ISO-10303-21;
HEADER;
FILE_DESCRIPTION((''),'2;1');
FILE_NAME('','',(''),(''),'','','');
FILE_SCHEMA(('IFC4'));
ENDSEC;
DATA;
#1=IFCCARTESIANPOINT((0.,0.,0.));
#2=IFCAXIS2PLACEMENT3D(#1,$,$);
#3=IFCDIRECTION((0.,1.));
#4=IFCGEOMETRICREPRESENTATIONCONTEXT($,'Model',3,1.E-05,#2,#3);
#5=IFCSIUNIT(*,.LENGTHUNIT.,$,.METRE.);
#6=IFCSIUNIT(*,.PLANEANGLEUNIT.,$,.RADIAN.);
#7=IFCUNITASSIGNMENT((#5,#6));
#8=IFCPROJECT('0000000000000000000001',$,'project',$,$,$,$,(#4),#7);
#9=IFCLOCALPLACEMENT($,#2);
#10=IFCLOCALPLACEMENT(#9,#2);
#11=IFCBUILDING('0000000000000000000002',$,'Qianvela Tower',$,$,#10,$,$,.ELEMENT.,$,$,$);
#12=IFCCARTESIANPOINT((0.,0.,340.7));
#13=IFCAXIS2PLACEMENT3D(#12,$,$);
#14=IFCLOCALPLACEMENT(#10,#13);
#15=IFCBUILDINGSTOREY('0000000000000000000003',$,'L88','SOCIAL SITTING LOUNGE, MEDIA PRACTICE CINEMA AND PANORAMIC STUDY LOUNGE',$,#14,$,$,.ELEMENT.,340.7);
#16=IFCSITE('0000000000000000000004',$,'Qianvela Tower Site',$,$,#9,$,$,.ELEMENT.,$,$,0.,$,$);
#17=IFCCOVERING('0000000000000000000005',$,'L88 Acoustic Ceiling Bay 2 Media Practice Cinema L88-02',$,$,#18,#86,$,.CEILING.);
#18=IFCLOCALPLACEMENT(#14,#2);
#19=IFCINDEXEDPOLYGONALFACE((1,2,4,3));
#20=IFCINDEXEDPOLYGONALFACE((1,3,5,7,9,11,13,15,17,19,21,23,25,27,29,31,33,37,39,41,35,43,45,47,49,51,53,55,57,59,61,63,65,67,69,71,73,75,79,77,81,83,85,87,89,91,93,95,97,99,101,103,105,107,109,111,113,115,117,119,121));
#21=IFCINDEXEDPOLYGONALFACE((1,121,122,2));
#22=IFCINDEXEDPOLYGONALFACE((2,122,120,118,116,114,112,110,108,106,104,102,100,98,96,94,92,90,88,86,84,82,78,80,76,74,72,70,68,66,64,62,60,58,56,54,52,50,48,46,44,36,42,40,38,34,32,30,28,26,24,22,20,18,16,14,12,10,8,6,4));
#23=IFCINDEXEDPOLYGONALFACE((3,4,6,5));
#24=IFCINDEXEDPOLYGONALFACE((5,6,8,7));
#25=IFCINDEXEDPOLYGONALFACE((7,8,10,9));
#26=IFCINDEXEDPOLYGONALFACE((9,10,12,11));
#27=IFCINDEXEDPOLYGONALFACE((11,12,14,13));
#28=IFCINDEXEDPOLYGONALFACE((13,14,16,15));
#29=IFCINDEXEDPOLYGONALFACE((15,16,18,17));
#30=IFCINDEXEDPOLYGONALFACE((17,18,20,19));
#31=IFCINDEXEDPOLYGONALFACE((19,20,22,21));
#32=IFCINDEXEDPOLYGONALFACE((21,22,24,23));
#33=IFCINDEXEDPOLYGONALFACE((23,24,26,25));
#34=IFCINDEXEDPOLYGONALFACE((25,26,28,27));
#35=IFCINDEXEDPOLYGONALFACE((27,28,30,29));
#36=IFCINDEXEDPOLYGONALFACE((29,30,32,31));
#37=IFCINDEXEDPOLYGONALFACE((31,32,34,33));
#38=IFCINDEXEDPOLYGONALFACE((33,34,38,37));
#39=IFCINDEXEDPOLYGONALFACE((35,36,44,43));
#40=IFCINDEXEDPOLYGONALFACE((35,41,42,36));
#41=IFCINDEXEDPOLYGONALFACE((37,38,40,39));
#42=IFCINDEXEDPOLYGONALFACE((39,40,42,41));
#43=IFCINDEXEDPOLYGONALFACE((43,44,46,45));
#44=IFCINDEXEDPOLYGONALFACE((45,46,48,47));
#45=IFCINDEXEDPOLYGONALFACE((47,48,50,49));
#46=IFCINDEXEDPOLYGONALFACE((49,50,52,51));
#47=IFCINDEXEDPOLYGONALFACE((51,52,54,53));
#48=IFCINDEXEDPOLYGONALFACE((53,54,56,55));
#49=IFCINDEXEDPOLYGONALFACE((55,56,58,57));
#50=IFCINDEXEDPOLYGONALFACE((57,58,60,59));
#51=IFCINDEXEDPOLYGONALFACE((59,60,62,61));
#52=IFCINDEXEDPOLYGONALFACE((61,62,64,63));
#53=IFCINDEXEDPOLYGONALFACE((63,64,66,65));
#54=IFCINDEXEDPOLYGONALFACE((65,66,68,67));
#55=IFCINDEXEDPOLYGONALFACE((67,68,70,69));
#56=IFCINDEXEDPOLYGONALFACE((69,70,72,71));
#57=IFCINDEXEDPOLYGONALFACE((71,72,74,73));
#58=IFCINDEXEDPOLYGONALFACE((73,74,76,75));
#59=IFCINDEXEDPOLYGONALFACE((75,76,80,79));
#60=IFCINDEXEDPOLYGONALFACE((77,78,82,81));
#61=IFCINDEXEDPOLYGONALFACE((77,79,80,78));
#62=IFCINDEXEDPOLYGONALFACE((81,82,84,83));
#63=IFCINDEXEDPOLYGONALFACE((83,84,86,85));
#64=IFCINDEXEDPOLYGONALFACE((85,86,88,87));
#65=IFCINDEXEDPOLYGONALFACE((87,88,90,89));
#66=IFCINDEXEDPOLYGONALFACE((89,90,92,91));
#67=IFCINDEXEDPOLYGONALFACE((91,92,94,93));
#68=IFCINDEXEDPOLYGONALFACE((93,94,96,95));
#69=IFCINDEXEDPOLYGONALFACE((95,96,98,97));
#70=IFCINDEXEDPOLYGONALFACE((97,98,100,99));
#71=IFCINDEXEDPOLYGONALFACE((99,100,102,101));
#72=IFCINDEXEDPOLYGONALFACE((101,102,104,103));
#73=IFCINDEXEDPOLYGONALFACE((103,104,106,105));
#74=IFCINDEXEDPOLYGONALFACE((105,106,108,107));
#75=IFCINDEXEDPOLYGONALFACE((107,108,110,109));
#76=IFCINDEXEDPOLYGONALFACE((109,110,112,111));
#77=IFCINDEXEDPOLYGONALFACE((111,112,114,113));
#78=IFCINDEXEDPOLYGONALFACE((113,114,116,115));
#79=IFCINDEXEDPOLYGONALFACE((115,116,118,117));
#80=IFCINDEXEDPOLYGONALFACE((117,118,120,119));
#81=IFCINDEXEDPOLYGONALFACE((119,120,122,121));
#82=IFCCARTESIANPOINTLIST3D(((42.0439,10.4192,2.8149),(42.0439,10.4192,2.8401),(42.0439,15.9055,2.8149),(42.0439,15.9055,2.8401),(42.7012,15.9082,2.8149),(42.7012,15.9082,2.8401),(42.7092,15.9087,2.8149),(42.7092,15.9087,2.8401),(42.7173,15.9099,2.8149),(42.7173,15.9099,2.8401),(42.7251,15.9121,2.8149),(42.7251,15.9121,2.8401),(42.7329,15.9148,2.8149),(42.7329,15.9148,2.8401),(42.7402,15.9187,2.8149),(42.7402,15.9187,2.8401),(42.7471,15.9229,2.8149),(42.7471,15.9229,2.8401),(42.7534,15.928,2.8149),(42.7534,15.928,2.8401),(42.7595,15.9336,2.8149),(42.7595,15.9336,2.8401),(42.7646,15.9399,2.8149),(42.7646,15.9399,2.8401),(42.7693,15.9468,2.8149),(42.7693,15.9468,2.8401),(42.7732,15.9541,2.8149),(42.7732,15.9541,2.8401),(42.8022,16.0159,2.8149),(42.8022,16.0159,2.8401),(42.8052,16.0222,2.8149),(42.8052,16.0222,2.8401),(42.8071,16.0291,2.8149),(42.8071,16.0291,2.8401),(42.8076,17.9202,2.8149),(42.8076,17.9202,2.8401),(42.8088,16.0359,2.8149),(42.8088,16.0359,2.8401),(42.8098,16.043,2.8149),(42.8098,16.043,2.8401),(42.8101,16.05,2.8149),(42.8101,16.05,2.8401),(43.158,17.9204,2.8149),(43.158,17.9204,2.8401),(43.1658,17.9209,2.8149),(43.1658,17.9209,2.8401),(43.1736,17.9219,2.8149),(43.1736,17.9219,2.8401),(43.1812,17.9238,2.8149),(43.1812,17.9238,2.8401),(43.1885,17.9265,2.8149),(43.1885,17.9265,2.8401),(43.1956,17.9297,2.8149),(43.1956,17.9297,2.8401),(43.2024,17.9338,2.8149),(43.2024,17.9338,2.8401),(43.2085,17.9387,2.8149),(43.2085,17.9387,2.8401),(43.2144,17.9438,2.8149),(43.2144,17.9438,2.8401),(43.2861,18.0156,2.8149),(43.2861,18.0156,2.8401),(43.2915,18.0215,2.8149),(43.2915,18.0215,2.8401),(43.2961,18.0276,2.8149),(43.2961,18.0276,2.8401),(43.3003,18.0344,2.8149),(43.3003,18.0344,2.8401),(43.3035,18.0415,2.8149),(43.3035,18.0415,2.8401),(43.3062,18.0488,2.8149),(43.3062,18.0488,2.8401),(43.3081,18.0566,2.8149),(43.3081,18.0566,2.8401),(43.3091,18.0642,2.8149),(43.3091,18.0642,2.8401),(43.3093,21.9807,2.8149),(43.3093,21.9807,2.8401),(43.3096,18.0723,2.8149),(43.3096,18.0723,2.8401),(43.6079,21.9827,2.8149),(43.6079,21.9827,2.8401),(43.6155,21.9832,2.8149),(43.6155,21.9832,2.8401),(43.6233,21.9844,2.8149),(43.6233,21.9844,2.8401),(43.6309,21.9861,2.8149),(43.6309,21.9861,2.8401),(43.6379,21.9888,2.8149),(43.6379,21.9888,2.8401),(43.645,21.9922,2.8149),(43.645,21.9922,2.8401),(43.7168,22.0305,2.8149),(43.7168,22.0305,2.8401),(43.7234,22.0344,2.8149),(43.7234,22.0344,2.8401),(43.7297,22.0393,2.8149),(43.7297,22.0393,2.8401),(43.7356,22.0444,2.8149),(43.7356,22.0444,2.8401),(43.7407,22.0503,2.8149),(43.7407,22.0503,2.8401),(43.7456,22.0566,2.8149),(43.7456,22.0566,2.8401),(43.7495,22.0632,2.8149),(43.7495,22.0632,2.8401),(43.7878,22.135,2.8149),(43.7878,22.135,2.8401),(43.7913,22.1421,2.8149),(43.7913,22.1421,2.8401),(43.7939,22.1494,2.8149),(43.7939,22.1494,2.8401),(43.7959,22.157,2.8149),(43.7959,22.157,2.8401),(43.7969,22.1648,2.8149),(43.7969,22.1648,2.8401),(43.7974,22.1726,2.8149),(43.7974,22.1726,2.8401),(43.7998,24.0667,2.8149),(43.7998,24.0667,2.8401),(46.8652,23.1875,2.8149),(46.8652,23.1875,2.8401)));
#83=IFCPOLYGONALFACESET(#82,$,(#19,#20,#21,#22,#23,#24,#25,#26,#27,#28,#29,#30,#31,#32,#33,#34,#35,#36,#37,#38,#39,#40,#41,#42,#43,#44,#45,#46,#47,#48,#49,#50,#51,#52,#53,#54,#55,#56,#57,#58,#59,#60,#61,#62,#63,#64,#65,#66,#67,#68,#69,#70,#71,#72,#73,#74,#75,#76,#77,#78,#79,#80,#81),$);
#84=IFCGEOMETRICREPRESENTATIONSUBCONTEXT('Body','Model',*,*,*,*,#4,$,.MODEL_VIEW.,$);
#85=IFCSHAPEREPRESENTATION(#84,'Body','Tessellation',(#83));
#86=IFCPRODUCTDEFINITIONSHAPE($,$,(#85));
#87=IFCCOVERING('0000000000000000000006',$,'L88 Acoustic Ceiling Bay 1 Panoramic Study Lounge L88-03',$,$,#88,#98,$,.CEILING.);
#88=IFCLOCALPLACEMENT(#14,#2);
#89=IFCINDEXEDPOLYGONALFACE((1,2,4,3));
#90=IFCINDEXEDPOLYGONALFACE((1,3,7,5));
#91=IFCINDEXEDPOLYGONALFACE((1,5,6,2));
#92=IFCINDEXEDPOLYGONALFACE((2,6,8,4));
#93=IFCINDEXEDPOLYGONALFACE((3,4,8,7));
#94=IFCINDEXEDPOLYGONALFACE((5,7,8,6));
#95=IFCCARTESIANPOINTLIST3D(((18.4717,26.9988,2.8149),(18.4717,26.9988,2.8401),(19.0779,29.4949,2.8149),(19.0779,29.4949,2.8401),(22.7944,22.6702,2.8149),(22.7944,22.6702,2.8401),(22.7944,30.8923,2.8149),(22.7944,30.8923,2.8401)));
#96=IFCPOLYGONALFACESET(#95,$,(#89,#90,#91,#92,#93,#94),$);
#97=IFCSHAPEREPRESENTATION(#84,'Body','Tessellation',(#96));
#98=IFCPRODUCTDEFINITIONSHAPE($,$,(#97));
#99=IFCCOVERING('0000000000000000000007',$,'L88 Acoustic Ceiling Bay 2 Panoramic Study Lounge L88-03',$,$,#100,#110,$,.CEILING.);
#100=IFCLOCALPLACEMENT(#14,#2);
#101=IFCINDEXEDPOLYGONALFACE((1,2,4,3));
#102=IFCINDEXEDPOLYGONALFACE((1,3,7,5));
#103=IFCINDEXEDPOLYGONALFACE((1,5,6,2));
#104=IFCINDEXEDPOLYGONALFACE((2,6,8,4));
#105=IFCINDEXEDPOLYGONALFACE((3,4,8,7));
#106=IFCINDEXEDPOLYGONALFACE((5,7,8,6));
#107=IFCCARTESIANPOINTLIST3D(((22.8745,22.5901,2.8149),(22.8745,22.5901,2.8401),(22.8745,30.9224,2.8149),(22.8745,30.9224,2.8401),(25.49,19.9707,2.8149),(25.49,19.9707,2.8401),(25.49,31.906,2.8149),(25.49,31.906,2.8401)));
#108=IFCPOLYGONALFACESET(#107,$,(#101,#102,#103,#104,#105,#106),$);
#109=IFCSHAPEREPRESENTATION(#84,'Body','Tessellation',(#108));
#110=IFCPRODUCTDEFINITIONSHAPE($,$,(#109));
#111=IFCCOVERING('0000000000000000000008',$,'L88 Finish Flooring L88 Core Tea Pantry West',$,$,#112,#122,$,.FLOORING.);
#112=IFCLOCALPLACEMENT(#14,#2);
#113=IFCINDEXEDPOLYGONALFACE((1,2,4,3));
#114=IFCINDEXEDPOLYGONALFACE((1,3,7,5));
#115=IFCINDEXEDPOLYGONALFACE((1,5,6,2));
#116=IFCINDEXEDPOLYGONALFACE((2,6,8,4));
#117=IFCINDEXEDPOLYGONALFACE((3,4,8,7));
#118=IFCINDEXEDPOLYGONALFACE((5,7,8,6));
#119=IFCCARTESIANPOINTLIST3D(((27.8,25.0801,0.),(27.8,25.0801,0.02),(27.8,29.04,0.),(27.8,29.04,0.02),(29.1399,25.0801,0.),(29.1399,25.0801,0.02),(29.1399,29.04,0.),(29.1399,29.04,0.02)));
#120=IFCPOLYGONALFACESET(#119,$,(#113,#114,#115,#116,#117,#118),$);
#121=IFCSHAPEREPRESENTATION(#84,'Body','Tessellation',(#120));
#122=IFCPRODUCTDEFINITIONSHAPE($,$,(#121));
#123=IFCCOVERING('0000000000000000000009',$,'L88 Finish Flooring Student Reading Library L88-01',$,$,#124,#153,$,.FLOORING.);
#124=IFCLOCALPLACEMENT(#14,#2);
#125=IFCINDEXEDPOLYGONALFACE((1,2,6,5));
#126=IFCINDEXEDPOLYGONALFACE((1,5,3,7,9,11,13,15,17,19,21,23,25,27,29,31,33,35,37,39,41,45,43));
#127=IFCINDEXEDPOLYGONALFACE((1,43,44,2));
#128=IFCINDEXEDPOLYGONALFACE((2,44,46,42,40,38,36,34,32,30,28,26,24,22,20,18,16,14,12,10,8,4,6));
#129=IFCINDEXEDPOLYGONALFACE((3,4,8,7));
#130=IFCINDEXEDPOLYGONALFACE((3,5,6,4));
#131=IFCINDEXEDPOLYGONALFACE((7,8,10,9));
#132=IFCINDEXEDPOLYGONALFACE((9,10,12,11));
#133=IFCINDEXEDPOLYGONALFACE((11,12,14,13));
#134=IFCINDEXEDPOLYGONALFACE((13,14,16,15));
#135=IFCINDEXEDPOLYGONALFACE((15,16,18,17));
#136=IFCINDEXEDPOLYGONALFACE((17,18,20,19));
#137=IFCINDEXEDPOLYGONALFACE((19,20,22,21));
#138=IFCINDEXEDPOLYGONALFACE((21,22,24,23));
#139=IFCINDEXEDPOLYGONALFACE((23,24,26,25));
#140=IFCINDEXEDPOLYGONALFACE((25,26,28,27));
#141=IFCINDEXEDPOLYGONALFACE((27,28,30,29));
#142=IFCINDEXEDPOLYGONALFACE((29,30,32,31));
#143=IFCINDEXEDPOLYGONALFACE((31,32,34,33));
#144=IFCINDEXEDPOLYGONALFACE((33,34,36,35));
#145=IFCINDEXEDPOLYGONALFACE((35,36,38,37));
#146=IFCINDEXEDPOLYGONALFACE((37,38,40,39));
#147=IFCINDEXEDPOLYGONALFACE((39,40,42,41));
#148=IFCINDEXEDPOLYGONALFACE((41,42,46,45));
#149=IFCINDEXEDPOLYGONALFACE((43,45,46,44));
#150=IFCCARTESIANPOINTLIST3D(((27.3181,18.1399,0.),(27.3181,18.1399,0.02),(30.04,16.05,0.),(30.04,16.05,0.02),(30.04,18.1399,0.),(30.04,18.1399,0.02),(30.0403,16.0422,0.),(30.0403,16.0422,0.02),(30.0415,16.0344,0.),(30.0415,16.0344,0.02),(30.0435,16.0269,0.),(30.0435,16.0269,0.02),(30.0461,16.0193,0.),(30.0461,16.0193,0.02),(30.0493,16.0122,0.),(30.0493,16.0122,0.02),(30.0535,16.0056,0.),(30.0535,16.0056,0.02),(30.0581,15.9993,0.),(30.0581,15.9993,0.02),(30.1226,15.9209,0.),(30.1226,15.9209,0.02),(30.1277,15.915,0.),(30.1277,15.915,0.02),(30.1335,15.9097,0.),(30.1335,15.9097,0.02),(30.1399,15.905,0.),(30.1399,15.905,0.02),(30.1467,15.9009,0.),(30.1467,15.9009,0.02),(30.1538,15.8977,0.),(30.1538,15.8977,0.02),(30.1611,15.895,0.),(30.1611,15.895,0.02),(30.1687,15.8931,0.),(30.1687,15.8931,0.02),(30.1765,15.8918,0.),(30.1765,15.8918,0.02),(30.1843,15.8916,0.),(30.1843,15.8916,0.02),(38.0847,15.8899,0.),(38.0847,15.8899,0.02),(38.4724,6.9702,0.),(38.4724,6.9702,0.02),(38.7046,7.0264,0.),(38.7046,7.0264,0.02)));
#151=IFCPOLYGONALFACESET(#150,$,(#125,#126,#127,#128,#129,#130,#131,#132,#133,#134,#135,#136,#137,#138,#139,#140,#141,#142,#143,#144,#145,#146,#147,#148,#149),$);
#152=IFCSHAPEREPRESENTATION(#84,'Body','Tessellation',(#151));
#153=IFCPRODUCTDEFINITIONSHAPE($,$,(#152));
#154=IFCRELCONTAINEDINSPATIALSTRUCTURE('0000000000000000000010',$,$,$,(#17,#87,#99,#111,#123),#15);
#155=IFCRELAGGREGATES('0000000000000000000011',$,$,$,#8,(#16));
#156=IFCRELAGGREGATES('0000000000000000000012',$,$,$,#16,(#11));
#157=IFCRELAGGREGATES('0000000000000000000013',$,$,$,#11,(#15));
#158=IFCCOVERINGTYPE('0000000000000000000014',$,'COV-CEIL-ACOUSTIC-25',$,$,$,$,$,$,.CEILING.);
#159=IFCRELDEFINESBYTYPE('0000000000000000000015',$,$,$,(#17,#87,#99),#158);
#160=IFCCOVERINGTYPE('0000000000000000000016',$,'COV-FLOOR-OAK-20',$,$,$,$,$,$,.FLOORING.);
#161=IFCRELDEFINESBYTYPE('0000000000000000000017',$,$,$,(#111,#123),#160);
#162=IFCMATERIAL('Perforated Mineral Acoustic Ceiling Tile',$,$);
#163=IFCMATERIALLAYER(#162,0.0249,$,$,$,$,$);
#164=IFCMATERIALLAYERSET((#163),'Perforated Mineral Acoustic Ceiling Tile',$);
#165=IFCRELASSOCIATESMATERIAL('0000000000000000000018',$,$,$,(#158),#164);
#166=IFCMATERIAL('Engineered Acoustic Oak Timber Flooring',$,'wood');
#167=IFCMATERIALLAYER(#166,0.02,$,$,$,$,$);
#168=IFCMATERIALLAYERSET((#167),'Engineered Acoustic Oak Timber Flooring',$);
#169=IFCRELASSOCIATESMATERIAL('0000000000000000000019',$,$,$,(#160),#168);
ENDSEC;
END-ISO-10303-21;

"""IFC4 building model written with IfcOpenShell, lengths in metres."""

from ifc_helpers import new_model, si_unit, direction, frame, origin, place, context, subcontext, project, spatial, polyline, outline, extrude, material, layer, layer_set, type_object, element, save


model = new_model("IFC4")

# Units and contexts
model_context = context("Model", 3, precision=1e-05, world=origin(), true_north=direction((0.0, 1.0)))
body_context = subcontext(model_context, "Body", "Model", "MODEL_VIEW")
ifc_project = project(units=[si_unit("LENGTHUNIT", "METRE"), si_unit("PLANEANGLEUNIT", "RADIAN")], contexts=[model_context])

# Site, building, storey
site_placement = place(None, origin())
site = spatial("IfcSite", under=ifc_project, at=site_placement, Name="Qianvela Tower Site", CompositionType="ELEMENT", RefElevation=0.0)
building_placement = place(site_placement, origin())
building = spatial("IfcBuilding", under=site, at=building_placement, Name="Qianvela Tower", CompositionType="ELEMENT")
storey_placement = place(building_placement, frame((0.0, 0.0, 340.7)))
storey = spatial("IfcBuildingStorey", under=building, at=storey_placement, Name="L88", Description="SOCIAL SITTING LOUNGE, MEDIA PRACTICE CINEMA AND PANORAMIC STUDY LOUNGE", CompositionType="ELEMENT", Elevation=340.7)

# Coverings
ifc_material_1 = material(Name="Perforated Mineral Acoustic Ceiling Tile")
ifc_layer_1 = layer(ifc_material_1, 0.0249)
ifc_layer_set_1 = layer_set([ifc_layer_1], Name="Perforated Mineral Acoustic Ceiling Tile")
covering_type_1 = type_object("IfcCoveringType", Name="COV-CEIL-ACOUSTIC-25", PredefinedType="CEILING", material=ifc_layer_set_1)
covering_1_placement = place(storey_placement, frame((0.0, 0.0, 2.8149)))
element("IfcCovering", 1, at=covering_1_placement, inside=storey, type_object=covering_type_1, Name="L88 Acoustic Ceiling Bay 2 Media Practice Cinema L88-02", PredefinedType="CEILING", context=body_context, shape_type="SweptSolid", body=[
    extrude(outline(polyline([(42.7012, 15.9082), (42.7092, 15.9087), (42.7173, 15.9099), (42.7251, 15.9121), (42.7329, 15.9148), (42.7402, 15.9187), (42.7471, 15.9229), (42.7534, 15.928), (42.7595, 15.9336), (42.7646, 15.9399), (42.7693, 15.9468), (42.7732, 15.9541), (42.8022, 16.0159), (42.8052, 16.0222), (42.8071, 16.0291), (42.8088, 16.0359), (42.8098, 16.043), (42.8101, 16.05), (42.8076, 17.9202), (43.158, 17.9204), (43.1658, 17.9209), (43.1736, 17.9219), (43.1812, 17.9238), (43.1885, 17.9265), (43.1956, 17.9297), (43.2024, 17.9338), (43.2085, 17.9387), (43.2144, 17.9438), (43.2861, 18.0156), (43.2915, 18.0215), (43.2961, 18.0276), (43.3003, 18.0344), (43.3035, 18.0415), (43.3062, 18.0488), (43.3081, 18.0566), (43.3091, 18.0642), (43.3096, 18.0723), (43.3093, 21.9807), (43.6079, 21.9827), (43.6155, 21.9832), (43.6233, 21.9844), (43.6309, 21.9861), (43.6379, 21.9888), (43.645, 21.9922), (43.7168, 22.0305), (43.7234, 22.0344), (43.7297, 22.0393), (43.7356, 22.0444), (43.7407, 22.0503), (43.7456, 22.0566), (43.7495, 22.0632), (43.7878, 22.135), (43.7913, 22.1421), (43.7939, 22.1494), (43.7959, 22.157), (43.7969, 22.1648), (43.7974, 22.1726), (43.7998, 24.0667), (46.8652, 23.1875), (42.0439, 10.4192), (42.0439, 15.9055), (42.7012, 15.9082)])), origin(), (0.0, 0.0, 1.0), 0.0251),
])
covering_2_placement = place(storey_placement, frame((0.0, 0.0, 2.8149)))
element("IfcCovering", 2, at=covering_2_placement, inside=storey, type_object=covering_type_1, Name="L88 Acoustic Ceiling Bay 1 Panoramic Study Lounge L88-03", PredefinedType="CEILING", context=body_context, shape_type="SweptSolid", body=[
    extrude(outline(polyline([(18.4717, 26.9988), (19.0779, 29.4949), (22.7944, 30.8923), (22.7944, 22.6702), (18.4717, 26.9988)])), origin(), (0.0, 0.0, 1.0), 0.0251),
])
covering_3_placement = place(storey_placement, frame((0.0, 0.0, 2.8149)))
element("IfcCovering", 3, at=covering_3_placement, inside=storey, type_object=covering_type_1, Name="L88 Acoustic Ceiling Bay 2 Panoramic Study Lounge L88-03", PredefinedType="CEILING", context=body_context, shape_type="SweptSolid", body=[
    extrude(outline(polyline([(25.49, 19.9707), (22.8745, 22.5901), (22.8745, 30.9224), (25.49, 31.906), (25.49, 19.9707)])), origin(), (0.0, 0.0, 1.0), 0.0251),
])
ifc_material_2 = material(Name="Engineered Acoustic Oak Timber Flooring", Category="wood")
ifc_layer_2 = layer(ifc_material_2, 0.02)
ifc_layer_set_2 = layer_set([ifc_layer_2], Name="Engineered Acoustic Oak Timber Flooring")
covering_type_2 = type_object("IfcCoveringType", Name="COV-FLOOR-OAK-20", PredefinedType="FLOORING", material=ifc_layer_set_2)
covering_4_placement = place(storey_placement, origin())
element("IfcCovering", 4, at=covering_4_placement, inside=storey, type_object=covering_type_2, Name="L88 Finish Flooring L88 Core Tea Pantry West", PredefinedType="FLOORING", context=body_context, shape_type="SweptSolid", body=[
    extrude(outline(polyline([(27.8, 25.0801), (27.8, 29.04), (29.1399, 29.04), (29.1399, 25.0801), (27.8, 25.0801)])), origin(), (0.0, 0.0, 1.0), 0.02),
])
covering_5_placement = place(storey_placement, origin())
element("IfcCovering", 5, at=covering_5_placement, inside=storey, type_object=covering_type_2, Name="L88 Finish Flooring Student Reading Library L88-01", PredefinedType="FLOORING", context=body_context, shape_type="SweptSolid", body=[
    extrude(outline(polyline([(27.3181, 18.1399), (30.04, 18.1399), (30.04, 16.05), (30.0403, 16.0422), (30.0415, 16.0344), (30.0435, 16.0269), (30.0461, 16.0193), (30.0493, 16.0122), (30.0535, 16.0056), (30.0581, 15.9993), (30.1226, 15.9209), (30.1277, 15.915), (30.1335, 15.9097), (30.1399, 15.905), (30.1467, 15.9009), (30.1538, 15.8977), (30.1611, 15.895), (30.1687, 15.8931), (30.1765, 15.8918), (30.1843, 15.8916), (38.0847, 15.8899), (38.7046, 7.0264), (38.4724, 6.9702), (27.3181, 18.1399)])), origin(), (0.0, 0.0, 1.0), 0.02),
])

save(model, "model.ifc")
